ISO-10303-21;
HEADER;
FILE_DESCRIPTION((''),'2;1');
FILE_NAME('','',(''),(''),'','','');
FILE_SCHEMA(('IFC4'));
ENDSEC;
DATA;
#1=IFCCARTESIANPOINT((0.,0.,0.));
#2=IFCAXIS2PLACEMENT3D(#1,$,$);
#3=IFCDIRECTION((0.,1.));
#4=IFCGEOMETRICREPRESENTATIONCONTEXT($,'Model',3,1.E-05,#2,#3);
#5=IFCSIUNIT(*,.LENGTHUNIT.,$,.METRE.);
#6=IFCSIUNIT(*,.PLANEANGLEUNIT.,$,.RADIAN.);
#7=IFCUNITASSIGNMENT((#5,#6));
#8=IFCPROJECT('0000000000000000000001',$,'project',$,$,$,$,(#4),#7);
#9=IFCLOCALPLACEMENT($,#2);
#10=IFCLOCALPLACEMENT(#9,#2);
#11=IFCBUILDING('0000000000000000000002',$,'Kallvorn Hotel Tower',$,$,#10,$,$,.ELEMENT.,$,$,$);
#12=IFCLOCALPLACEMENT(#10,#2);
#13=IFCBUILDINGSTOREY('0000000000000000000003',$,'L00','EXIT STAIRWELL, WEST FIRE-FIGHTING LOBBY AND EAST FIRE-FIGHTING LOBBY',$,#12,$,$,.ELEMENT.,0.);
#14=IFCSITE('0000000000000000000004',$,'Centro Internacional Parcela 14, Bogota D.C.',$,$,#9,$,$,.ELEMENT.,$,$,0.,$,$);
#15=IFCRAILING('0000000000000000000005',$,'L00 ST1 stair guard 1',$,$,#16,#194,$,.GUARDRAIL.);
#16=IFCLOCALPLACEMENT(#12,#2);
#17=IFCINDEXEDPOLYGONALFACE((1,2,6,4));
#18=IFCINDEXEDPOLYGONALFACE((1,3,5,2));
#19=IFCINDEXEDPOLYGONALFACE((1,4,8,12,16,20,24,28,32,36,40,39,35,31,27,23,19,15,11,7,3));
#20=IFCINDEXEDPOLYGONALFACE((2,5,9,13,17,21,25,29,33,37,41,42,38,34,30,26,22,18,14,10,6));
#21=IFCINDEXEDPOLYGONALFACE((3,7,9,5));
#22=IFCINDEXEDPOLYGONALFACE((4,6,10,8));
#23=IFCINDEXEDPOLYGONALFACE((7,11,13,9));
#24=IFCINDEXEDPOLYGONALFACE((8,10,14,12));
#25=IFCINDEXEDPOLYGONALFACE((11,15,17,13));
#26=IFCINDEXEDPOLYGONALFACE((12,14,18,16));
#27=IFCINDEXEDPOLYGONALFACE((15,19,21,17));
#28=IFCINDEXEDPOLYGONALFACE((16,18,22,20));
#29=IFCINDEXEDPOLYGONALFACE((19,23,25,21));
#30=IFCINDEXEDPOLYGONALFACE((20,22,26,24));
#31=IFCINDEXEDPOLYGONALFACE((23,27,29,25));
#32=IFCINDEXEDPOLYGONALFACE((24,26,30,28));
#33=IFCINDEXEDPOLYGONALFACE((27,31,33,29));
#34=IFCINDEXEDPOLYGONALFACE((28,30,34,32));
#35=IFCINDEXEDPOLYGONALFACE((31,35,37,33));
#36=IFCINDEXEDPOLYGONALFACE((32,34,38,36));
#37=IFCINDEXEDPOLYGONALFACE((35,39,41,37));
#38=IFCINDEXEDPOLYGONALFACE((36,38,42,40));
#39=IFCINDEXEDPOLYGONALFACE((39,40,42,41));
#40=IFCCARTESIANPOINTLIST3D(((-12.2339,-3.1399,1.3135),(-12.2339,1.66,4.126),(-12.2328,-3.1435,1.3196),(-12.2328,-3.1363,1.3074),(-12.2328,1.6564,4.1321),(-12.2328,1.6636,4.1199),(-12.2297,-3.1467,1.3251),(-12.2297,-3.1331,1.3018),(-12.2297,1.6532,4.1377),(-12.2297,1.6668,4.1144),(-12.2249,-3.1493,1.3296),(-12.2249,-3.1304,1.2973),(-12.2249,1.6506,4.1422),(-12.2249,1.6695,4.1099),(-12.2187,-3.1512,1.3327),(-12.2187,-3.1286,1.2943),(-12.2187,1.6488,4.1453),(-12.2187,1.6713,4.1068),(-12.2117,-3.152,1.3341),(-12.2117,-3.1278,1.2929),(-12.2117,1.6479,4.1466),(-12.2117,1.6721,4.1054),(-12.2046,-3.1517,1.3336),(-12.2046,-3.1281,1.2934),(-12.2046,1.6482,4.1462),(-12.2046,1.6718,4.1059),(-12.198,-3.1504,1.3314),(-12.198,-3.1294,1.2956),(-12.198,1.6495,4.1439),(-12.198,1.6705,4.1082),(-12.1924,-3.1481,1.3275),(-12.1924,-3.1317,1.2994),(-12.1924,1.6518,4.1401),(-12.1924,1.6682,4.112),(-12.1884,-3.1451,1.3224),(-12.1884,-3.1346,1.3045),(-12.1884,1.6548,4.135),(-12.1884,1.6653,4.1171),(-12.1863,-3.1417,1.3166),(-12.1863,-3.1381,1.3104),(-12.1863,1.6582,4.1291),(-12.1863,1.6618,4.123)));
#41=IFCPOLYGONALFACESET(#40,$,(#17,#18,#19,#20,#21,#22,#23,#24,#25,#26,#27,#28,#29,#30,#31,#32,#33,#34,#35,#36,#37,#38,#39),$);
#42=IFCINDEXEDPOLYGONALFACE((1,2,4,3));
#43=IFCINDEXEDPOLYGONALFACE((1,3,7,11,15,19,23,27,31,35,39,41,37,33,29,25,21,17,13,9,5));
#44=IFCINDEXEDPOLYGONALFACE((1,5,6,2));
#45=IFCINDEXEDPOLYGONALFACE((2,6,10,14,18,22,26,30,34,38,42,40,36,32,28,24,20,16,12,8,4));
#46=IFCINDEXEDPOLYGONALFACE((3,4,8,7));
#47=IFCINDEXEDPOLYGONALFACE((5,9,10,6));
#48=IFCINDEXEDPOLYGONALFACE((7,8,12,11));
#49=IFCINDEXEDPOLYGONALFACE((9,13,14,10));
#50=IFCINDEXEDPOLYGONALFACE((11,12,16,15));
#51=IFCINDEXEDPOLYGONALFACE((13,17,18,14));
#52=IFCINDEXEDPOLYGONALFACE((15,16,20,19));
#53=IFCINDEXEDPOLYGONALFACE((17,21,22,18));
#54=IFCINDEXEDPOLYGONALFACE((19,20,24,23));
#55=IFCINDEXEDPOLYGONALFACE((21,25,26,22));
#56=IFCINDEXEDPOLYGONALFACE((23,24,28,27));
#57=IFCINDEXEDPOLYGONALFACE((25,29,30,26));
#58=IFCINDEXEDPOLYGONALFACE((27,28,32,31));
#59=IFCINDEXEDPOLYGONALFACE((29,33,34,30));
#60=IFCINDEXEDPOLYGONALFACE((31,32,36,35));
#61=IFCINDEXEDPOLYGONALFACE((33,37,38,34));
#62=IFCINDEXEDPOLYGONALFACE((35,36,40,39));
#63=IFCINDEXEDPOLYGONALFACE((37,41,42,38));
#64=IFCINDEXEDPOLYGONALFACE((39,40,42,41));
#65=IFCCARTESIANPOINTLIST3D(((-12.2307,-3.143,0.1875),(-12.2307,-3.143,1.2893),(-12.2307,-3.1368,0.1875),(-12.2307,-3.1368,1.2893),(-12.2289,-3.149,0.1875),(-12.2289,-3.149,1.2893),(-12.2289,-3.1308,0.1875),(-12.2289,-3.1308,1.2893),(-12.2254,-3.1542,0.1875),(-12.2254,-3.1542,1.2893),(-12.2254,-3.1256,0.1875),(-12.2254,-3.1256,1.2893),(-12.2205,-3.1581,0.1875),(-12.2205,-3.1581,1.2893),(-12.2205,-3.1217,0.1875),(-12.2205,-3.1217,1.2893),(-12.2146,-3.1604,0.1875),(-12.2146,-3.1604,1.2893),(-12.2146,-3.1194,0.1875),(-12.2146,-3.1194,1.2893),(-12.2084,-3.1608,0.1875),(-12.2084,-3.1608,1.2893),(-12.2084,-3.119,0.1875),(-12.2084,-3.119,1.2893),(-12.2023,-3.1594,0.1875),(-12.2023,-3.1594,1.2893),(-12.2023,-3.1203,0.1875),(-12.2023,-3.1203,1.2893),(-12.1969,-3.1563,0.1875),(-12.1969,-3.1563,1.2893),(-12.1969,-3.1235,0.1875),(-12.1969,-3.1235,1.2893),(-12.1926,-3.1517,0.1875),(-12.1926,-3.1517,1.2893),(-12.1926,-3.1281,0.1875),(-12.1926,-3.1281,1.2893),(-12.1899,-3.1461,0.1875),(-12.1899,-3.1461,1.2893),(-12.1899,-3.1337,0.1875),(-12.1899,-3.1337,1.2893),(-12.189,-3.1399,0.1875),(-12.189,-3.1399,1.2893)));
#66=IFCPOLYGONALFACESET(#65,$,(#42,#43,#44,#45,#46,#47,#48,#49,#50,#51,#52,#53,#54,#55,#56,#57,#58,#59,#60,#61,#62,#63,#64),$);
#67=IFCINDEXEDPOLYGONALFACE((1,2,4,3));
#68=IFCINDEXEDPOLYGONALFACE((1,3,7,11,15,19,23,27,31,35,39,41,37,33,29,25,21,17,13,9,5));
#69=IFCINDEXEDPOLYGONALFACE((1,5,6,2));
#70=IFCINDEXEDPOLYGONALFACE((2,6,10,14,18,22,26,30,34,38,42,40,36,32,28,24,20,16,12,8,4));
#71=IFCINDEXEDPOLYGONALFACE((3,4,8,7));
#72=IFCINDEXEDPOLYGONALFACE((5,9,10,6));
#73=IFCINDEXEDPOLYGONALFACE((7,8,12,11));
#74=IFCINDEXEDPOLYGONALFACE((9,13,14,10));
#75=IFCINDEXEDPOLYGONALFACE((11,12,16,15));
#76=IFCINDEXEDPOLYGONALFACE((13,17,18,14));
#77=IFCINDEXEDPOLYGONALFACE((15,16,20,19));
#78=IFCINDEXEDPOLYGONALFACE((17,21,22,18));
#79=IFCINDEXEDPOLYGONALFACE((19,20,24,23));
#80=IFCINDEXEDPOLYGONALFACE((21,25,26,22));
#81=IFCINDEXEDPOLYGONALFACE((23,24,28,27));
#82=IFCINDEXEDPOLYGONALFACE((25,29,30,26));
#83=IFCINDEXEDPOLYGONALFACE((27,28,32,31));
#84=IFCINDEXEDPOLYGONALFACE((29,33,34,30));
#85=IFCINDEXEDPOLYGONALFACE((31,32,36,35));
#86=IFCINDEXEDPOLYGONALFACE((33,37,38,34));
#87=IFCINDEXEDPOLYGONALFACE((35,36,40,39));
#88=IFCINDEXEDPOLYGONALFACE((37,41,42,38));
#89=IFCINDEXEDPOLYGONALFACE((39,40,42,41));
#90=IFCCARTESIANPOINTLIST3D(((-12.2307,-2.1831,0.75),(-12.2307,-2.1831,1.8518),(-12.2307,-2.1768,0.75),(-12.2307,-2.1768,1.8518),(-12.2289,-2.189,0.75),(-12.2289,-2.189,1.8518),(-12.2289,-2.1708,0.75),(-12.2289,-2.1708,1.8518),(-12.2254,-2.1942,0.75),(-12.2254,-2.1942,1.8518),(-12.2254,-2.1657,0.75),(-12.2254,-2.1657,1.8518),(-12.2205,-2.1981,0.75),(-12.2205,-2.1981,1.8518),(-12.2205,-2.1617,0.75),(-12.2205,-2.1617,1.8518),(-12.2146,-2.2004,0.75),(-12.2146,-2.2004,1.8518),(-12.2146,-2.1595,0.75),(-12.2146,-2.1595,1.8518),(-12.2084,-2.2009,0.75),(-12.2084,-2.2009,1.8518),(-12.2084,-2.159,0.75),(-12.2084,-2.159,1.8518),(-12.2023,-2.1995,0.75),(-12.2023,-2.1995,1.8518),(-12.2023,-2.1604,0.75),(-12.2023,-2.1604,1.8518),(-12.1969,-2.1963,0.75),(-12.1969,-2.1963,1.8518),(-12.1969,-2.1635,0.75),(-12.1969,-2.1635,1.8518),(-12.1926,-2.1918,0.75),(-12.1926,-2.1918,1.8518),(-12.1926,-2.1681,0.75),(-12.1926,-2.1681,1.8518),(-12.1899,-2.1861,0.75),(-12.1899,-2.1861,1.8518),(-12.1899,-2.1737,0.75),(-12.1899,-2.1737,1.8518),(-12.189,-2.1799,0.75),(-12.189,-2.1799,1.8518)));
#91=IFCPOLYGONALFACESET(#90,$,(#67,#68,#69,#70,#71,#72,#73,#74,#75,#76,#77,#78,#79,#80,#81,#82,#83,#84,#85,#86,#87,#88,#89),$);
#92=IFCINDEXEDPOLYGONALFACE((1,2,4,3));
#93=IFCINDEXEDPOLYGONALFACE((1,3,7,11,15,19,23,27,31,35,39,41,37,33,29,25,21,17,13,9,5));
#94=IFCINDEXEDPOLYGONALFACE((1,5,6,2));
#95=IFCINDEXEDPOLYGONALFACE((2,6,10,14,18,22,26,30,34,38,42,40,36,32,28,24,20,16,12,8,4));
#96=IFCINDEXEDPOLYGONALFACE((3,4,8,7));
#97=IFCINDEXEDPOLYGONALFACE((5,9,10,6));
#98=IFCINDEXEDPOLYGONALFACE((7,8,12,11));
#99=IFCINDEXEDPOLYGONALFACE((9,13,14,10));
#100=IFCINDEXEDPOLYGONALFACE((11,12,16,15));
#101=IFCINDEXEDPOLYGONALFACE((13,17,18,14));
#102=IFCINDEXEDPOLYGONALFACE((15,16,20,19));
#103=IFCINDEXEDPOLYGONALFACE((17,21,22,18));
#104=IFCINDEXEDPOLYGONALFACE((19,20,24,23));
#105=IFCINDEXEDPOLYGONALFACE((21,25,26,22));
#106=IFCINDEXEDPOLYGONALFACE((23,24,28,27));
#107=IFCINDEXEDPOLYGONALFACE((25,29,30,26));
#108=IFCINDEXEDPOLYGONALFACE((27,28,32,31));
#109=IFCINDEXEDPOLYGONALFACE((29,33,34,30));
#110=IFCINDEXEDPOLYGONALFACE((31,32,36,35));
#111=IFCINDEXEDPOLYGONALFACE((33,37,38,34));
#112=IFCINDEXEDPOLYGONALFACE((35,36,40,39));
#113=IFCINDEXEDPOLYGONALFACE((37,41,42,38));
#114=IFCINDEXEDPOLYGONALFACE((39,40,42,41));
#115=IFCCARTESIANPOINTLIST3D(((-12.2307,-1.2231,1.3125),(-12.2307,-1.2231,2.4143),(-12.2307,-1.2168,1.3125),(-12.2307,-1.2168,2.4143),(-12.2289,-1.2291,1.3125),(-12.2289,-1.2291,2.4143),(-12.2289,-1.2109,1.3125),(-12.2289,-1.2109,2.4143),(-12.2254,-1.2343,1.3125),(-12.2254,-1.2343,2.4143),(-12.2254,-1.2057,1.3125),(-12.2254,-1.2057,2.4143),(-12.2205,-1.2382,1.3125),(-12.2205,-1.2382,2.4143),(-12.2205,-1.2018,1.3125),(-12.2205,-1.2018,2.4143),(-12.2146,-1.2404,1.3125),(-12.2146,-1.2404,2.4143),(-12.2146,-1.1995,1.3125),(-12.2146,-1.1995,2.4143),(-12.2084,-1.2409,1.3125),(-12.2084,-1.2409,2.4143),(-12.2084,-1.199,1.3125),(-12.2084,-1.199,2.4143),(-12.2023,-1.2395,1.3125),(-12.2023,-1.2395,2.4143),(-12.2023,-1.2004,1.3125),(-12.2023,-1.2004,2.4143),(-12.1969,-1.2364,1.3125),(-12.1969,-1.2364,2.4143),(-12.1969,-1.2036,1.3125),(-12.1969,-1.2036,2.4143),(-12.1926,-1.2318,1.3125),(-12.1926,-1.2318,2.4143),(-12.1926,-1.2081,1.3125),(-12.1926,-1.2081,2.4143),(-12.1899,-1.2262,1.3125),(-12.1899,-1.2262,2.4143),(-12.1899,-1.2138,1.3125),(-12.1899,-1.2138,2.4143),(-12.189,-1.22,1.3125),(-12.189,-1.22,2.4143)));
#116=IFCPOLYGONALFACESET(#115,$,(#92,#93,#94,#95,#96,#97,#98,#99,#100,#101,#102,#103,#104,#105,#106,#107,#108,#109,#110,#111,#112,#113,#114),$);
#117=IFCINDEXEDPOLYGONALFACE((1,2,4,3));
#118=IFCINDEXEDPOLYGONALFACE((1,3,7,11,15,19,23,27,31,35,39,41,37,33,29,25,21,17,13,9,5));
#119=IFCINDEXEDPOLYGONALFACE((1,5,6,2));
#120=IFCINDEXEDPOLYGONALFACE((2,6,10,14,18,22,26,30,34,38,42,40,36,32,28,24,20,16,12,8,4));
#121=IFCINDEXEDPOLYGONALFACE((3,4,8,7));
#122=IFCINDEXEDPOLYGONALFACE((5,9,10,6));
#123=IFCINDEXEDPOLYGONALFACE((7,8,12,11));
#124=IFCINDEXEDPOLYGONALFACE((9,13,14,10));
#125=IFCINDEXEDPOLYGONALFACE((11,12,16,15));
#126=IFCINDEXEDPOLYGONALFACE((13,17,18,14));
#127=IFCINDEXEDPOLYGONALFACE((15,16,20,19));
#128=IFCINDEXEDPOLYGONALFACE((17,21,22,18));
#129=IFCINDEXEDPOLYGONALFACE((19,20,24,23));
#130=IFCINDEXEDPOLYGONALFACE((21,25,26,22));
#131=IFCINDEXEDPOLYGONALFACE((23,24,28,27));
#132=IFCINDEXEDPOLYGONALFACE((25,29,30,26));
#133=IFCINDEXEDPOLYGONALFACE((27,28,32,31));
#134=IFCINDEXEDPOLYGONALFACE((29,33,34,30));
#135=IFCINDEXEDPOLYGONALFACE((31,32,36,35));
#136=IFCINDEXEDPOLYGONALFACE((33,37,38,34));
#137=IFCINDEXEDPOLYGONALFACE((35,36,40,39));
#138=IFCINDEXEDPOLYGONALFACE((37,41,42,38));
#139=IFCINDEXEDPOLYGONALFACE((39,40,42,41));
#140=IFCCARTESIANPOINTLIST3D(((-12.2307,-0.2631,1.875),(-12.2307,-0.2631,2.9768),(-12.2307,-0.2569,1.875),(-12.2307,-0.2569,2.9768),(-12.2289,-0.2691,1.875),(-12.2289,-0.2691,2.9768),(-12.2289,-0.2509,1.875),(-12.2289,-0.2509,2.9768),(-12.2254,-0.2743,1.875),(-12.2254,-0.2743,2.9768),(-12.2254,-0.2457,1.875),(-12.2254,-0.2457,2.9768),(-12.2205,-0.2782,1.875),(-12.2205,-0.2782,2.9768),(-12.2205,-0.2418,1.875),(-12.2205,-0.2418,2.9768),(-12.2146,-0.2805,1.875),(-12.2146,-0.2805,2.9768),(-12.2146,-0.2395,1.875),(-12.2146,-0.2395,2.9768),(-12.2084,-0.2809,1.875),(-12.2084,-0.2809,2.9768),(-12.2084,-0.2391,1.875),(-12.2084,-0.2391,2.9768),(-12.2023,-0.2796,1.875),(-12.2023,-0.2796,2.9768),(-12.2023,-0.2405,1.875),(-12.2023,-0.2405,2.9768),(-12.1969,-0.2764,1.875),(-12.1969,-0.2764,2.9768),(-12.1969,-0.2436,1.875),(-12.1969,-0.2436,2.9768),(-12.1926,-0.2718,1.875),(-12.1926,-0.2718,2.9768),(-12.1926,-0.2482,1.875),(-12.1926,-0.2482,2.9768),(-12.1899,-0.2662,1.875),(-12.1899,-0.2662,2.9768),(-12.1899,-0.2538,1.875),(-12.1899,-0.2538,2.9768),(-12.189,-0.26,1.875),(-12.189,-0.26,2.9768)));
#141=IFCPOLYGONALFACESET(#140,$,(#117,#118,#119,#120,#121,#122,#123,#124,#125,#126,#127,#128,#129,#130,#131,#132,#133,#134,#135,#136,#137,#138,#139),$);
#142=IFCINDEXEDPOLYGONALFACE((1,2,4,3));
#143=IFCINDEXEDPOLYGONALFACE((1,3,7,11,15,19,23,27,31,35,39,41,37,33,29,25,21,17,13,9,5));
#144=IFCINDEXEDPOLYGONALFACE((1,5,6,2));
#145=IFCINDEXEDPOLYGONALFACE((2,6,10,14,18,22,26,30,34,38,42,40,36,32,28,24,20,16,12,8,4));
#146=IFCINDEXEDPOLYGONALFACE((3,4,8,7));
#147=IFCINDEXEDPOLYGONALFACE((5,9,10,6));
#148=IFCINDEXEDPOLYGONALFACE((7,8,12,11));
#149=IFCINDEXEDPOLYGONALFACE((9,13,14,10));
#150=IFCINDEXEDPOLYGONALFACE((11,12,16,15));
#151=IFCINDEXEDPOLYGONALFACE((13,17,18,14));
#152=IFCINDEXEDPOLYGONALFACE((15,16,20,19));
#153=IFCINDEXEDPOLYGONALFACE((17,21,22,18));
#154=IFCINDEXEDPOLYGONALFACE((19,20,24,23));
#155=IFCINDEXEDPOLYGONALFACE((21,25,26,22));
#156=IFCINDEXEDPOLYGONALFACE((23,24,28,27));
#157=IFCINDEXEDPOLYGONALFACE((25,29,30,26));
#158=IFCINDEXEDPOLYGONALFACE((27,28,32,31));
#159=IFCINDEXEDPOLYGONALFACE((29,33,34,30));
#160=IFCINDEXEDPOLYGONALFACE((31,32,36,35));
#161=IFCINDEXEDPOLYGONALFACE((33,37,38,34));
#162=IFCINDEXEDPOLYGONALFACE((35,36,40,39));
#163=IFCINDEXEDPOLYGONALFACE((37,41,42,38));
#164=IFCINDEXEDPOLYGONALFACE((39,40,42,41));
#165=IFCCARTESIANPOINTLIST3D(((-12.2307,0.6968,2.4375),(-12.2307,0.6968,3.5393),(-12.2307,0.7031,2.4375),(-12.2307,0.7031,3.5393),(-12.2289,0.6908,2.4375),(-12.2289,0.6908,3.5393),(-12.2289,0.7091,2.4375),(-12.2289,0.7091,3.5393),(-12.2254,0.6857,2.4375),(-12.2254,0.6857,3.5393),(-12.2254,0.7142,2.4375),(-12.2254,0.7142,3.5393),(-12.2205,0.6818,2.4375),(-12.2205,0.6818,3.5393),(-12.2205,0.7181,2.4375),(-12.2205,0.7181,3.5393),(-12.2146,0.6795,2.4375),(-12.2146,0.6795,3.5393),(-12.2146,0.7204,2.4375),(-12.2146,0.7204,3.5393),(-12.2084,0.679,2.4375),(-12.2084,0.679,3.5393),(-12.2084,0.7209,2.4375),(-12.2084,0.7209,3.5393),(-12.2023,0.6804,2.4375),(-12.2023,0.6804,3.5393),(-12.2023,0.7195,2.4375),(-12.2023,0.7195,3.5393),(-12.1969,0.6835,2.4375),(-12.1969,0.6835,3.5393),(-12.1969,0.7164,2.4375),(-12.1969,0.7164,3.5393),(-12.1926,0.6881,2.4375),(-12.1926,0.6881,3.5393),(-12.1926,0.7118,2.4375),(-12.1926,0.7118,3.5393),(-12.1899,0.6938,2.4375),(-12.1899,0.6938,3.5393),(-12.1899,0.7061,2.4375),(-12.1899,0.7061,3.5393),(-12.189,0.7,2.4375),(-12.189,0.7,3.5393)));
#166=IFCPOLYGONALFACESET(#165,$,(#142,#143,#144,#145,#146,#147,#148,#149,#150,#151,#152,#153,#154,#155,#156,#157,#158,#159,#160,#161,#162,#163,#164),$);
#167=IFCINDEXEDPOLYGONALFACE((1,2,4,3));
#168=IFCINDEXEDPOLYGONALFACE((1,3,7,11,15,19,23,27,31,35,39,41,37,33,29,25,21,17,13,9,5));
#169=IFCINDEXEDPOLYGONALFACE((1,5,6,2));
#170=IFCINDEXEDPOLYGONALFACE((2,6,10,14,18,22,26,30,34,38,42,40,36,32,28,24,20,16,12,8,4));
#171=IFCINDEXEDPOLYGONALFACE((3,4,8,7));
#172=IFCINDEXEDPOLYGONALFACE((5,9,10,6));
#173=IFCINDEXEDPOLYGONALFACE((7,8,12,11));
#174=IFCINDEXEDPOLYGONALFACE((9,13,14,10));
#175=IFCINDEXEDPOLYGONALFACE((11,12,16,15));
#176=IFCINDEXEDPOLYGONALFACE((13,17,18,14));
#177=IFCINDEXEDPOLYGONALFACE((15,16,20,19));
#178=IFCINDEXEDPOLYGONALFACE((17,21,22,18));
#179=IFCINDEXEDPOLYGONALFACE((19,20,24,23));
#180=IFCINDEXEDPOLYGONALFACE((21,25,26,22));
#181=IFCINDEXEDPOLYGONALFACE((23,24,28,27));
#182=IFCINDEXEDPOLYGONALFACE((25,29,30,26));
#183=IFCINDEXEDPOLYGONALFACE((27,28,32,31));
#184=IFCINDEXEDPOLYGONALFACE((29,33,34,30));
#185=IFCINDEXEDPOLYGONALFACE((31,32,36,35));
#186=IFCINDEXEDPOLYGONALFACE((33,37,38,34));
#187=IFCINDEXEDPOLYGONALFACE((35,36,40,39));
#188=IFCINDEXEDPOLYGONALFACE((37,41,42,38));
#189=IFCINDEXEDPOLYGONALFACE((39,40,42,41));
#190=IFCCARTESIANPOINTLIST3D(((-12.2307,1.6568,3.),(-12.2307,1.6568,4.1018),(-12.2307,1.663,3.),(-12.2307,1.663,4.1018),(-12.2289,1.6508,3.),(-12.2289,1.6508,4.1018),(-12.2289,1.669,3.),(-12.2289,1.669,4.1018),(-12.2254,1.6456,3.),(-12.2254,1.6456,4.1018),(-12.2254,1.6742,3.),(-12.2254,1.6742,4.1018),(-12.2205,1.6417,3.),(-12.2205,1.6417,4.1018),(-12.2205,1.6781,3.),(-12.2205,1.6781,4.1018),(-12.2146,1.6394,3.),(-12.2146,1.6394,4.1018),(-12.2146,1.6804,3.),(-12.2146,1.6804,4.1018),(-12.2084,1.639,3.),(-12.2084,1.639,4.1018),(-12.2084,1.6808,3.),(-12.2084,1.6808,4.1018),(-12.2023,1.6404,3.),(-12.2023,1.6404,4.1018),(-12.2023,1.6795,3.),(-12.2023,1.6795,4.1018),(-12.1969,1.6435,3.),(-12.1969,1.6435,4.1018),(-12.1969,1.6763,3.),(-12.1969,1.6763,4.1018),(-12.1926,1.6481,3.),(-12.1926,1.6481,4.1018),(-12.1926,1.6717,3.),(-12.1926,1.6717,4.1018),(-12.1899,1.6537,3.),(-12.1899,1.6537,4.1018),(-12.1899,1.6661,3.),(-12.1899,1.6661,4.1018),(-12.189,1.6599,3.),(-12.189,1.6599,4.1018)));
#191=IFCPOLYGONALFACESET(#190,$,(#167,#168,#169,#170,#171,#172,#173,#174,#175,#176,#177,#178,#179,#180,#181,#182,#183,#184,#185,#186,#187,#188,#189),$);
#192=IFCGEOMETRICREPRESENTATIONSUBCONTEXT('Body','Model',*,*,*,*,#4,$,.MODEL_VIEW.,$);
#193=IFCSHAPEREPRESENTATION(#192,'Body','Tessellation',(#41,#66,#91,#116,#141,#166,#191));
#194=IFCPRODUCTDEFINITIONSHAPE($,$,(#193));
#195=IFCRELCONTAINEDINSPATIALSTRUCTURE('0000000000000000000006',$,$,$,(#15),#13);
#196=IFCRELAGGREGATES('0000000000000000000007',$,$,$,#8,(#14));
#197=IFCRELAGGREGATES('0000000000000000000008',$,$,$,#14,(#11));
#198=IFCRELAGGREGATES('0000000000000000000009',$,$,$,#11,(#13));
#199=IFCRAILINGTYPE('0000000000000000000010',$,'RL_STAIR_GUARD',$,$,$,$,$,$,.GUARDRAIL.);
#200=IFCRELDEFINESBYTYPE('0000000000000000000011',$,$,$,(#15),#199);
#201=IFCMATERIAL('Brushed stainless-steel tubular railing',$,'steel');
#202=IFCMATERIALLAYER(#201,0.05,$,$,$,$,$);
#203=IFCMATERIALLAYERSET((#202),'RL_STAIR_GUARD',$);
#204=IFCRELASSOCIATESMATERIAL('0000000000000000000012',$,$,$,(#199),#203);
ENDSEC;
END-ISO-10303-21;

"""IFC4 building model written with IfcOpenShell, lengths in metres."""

from ifc_helpers import new_model, si_unit, direction, frame, origin, origin_2d, place, context, subcontext, project, spatial, circle, extrude, material, layer, layer_set, type_object, element, save


model = new_model("IFC4")

# Units and contexts
model_context = context("Model", 3, precision=1e-05, world=origin(), true_north=direction((0.0, 1.0)))
body_context = subcontext(model_context, "Body", "Model", "MODEL_VIEW")
ifc_project = project(units=[si_unit("LENGTHUNIT", "METRE"), si_unit("PLANEANGLEUNIT", "RADIAN")], contexts=[model_context])

# Site, building, storey
site_placement = place(None, origin())
site = spatial("IfcSite", under=ifc_project, at=site_placement, Name="Centro Internacional Parcela 14, Bogota D.C.", CompositionType="ELEMENT", RefElevation=0.0)
building_placement = place(site_placement, origin())
building = spatial("IfcBuilding", under=site, at=building_placement, Name="Kallvorn Hotel Tower", CompositionType="ELEMENT")
storey_placement = place(building_placement, origin())
storey = spatial("IfcBuildingStorey", under=building, at=storey_placement, Name="L00", Description="EXIT STAIRWELL, WEST FIRE-FIGHTING LOBBY AND EAST FIRE-FIGHTING LOBBY", CompositionType="ELEMENT", Elevation=0.0)

# Railing
ifc_material_1 = material(Name="Brushed stainless-steel tubular railing", Category="steel")
ifc_layer_1 = layer(ifc_material_1, 0.05)
ifc_layer_set_1 = layer_set([ifc_layer_1], Name="RL_STAIR_GUARD")
railing_type_1 = type_object("IfcRailingType", Name="RL_STAIR_GUARD", PredefinedType="GUARDRAIL", material=ifc_layer_set_1)
railing_1_placement = place(storey_placement, frame((-12.21, -3.1399, 0.1875)))
element("IfcRailing", 1, at=railing_1_placement, inside=storey, type_object=railing_type_1, Name="L00 ST1 stair guard 1", PredefinedType="GUARDRAIL", context=body_context, shape_type="SweptSolid", body=[
    extrude(circle(Radius=0.0239, at=origin_2d()), frame((0.0, 0.0, 1.126), z_axis=(0.0, 0.86279, 0.505562), x_axis=(-1.0, 0.0, 0.0)), (0.0, 0.0, 1.0), 5.5632),
    extrude(circle(Radius=0.021, at=origin_2d()), origin(), (0.0, 0.0, 1.0), 1.1018),
    extrude(circle(Radius=0.021, at=origin_2d()), frame((0.0, 0.96, 0.5625)), (0.0, 0.0, 1.0), 1.1018),
    extrude(circle(Radius=0.021, at=origin_2d()), frame((0.0, 1.9199, 1.125)), (0.0, 0.0, 1.0), 1.1018),
    extrude(circle(Radius=0.021, at=origin_2d()), frame((0.0, 2.8799, 1.6875)), (0.0, 0.0, 1.0), 1.1018),
    extrude(circle(Radius=0.021, at=origin_2d()), frame((0.0, 3.8398, 2.25)), (0.0, 0.0, 1.0), 1.1018),
    extrude(circle(Radius=0.021, at=origin_2d()), frame((0.0, 4.7998, 2.8125)), (0.0, 0.0, 1.0), 1.1018),
])

save(model, "model.ifc")
